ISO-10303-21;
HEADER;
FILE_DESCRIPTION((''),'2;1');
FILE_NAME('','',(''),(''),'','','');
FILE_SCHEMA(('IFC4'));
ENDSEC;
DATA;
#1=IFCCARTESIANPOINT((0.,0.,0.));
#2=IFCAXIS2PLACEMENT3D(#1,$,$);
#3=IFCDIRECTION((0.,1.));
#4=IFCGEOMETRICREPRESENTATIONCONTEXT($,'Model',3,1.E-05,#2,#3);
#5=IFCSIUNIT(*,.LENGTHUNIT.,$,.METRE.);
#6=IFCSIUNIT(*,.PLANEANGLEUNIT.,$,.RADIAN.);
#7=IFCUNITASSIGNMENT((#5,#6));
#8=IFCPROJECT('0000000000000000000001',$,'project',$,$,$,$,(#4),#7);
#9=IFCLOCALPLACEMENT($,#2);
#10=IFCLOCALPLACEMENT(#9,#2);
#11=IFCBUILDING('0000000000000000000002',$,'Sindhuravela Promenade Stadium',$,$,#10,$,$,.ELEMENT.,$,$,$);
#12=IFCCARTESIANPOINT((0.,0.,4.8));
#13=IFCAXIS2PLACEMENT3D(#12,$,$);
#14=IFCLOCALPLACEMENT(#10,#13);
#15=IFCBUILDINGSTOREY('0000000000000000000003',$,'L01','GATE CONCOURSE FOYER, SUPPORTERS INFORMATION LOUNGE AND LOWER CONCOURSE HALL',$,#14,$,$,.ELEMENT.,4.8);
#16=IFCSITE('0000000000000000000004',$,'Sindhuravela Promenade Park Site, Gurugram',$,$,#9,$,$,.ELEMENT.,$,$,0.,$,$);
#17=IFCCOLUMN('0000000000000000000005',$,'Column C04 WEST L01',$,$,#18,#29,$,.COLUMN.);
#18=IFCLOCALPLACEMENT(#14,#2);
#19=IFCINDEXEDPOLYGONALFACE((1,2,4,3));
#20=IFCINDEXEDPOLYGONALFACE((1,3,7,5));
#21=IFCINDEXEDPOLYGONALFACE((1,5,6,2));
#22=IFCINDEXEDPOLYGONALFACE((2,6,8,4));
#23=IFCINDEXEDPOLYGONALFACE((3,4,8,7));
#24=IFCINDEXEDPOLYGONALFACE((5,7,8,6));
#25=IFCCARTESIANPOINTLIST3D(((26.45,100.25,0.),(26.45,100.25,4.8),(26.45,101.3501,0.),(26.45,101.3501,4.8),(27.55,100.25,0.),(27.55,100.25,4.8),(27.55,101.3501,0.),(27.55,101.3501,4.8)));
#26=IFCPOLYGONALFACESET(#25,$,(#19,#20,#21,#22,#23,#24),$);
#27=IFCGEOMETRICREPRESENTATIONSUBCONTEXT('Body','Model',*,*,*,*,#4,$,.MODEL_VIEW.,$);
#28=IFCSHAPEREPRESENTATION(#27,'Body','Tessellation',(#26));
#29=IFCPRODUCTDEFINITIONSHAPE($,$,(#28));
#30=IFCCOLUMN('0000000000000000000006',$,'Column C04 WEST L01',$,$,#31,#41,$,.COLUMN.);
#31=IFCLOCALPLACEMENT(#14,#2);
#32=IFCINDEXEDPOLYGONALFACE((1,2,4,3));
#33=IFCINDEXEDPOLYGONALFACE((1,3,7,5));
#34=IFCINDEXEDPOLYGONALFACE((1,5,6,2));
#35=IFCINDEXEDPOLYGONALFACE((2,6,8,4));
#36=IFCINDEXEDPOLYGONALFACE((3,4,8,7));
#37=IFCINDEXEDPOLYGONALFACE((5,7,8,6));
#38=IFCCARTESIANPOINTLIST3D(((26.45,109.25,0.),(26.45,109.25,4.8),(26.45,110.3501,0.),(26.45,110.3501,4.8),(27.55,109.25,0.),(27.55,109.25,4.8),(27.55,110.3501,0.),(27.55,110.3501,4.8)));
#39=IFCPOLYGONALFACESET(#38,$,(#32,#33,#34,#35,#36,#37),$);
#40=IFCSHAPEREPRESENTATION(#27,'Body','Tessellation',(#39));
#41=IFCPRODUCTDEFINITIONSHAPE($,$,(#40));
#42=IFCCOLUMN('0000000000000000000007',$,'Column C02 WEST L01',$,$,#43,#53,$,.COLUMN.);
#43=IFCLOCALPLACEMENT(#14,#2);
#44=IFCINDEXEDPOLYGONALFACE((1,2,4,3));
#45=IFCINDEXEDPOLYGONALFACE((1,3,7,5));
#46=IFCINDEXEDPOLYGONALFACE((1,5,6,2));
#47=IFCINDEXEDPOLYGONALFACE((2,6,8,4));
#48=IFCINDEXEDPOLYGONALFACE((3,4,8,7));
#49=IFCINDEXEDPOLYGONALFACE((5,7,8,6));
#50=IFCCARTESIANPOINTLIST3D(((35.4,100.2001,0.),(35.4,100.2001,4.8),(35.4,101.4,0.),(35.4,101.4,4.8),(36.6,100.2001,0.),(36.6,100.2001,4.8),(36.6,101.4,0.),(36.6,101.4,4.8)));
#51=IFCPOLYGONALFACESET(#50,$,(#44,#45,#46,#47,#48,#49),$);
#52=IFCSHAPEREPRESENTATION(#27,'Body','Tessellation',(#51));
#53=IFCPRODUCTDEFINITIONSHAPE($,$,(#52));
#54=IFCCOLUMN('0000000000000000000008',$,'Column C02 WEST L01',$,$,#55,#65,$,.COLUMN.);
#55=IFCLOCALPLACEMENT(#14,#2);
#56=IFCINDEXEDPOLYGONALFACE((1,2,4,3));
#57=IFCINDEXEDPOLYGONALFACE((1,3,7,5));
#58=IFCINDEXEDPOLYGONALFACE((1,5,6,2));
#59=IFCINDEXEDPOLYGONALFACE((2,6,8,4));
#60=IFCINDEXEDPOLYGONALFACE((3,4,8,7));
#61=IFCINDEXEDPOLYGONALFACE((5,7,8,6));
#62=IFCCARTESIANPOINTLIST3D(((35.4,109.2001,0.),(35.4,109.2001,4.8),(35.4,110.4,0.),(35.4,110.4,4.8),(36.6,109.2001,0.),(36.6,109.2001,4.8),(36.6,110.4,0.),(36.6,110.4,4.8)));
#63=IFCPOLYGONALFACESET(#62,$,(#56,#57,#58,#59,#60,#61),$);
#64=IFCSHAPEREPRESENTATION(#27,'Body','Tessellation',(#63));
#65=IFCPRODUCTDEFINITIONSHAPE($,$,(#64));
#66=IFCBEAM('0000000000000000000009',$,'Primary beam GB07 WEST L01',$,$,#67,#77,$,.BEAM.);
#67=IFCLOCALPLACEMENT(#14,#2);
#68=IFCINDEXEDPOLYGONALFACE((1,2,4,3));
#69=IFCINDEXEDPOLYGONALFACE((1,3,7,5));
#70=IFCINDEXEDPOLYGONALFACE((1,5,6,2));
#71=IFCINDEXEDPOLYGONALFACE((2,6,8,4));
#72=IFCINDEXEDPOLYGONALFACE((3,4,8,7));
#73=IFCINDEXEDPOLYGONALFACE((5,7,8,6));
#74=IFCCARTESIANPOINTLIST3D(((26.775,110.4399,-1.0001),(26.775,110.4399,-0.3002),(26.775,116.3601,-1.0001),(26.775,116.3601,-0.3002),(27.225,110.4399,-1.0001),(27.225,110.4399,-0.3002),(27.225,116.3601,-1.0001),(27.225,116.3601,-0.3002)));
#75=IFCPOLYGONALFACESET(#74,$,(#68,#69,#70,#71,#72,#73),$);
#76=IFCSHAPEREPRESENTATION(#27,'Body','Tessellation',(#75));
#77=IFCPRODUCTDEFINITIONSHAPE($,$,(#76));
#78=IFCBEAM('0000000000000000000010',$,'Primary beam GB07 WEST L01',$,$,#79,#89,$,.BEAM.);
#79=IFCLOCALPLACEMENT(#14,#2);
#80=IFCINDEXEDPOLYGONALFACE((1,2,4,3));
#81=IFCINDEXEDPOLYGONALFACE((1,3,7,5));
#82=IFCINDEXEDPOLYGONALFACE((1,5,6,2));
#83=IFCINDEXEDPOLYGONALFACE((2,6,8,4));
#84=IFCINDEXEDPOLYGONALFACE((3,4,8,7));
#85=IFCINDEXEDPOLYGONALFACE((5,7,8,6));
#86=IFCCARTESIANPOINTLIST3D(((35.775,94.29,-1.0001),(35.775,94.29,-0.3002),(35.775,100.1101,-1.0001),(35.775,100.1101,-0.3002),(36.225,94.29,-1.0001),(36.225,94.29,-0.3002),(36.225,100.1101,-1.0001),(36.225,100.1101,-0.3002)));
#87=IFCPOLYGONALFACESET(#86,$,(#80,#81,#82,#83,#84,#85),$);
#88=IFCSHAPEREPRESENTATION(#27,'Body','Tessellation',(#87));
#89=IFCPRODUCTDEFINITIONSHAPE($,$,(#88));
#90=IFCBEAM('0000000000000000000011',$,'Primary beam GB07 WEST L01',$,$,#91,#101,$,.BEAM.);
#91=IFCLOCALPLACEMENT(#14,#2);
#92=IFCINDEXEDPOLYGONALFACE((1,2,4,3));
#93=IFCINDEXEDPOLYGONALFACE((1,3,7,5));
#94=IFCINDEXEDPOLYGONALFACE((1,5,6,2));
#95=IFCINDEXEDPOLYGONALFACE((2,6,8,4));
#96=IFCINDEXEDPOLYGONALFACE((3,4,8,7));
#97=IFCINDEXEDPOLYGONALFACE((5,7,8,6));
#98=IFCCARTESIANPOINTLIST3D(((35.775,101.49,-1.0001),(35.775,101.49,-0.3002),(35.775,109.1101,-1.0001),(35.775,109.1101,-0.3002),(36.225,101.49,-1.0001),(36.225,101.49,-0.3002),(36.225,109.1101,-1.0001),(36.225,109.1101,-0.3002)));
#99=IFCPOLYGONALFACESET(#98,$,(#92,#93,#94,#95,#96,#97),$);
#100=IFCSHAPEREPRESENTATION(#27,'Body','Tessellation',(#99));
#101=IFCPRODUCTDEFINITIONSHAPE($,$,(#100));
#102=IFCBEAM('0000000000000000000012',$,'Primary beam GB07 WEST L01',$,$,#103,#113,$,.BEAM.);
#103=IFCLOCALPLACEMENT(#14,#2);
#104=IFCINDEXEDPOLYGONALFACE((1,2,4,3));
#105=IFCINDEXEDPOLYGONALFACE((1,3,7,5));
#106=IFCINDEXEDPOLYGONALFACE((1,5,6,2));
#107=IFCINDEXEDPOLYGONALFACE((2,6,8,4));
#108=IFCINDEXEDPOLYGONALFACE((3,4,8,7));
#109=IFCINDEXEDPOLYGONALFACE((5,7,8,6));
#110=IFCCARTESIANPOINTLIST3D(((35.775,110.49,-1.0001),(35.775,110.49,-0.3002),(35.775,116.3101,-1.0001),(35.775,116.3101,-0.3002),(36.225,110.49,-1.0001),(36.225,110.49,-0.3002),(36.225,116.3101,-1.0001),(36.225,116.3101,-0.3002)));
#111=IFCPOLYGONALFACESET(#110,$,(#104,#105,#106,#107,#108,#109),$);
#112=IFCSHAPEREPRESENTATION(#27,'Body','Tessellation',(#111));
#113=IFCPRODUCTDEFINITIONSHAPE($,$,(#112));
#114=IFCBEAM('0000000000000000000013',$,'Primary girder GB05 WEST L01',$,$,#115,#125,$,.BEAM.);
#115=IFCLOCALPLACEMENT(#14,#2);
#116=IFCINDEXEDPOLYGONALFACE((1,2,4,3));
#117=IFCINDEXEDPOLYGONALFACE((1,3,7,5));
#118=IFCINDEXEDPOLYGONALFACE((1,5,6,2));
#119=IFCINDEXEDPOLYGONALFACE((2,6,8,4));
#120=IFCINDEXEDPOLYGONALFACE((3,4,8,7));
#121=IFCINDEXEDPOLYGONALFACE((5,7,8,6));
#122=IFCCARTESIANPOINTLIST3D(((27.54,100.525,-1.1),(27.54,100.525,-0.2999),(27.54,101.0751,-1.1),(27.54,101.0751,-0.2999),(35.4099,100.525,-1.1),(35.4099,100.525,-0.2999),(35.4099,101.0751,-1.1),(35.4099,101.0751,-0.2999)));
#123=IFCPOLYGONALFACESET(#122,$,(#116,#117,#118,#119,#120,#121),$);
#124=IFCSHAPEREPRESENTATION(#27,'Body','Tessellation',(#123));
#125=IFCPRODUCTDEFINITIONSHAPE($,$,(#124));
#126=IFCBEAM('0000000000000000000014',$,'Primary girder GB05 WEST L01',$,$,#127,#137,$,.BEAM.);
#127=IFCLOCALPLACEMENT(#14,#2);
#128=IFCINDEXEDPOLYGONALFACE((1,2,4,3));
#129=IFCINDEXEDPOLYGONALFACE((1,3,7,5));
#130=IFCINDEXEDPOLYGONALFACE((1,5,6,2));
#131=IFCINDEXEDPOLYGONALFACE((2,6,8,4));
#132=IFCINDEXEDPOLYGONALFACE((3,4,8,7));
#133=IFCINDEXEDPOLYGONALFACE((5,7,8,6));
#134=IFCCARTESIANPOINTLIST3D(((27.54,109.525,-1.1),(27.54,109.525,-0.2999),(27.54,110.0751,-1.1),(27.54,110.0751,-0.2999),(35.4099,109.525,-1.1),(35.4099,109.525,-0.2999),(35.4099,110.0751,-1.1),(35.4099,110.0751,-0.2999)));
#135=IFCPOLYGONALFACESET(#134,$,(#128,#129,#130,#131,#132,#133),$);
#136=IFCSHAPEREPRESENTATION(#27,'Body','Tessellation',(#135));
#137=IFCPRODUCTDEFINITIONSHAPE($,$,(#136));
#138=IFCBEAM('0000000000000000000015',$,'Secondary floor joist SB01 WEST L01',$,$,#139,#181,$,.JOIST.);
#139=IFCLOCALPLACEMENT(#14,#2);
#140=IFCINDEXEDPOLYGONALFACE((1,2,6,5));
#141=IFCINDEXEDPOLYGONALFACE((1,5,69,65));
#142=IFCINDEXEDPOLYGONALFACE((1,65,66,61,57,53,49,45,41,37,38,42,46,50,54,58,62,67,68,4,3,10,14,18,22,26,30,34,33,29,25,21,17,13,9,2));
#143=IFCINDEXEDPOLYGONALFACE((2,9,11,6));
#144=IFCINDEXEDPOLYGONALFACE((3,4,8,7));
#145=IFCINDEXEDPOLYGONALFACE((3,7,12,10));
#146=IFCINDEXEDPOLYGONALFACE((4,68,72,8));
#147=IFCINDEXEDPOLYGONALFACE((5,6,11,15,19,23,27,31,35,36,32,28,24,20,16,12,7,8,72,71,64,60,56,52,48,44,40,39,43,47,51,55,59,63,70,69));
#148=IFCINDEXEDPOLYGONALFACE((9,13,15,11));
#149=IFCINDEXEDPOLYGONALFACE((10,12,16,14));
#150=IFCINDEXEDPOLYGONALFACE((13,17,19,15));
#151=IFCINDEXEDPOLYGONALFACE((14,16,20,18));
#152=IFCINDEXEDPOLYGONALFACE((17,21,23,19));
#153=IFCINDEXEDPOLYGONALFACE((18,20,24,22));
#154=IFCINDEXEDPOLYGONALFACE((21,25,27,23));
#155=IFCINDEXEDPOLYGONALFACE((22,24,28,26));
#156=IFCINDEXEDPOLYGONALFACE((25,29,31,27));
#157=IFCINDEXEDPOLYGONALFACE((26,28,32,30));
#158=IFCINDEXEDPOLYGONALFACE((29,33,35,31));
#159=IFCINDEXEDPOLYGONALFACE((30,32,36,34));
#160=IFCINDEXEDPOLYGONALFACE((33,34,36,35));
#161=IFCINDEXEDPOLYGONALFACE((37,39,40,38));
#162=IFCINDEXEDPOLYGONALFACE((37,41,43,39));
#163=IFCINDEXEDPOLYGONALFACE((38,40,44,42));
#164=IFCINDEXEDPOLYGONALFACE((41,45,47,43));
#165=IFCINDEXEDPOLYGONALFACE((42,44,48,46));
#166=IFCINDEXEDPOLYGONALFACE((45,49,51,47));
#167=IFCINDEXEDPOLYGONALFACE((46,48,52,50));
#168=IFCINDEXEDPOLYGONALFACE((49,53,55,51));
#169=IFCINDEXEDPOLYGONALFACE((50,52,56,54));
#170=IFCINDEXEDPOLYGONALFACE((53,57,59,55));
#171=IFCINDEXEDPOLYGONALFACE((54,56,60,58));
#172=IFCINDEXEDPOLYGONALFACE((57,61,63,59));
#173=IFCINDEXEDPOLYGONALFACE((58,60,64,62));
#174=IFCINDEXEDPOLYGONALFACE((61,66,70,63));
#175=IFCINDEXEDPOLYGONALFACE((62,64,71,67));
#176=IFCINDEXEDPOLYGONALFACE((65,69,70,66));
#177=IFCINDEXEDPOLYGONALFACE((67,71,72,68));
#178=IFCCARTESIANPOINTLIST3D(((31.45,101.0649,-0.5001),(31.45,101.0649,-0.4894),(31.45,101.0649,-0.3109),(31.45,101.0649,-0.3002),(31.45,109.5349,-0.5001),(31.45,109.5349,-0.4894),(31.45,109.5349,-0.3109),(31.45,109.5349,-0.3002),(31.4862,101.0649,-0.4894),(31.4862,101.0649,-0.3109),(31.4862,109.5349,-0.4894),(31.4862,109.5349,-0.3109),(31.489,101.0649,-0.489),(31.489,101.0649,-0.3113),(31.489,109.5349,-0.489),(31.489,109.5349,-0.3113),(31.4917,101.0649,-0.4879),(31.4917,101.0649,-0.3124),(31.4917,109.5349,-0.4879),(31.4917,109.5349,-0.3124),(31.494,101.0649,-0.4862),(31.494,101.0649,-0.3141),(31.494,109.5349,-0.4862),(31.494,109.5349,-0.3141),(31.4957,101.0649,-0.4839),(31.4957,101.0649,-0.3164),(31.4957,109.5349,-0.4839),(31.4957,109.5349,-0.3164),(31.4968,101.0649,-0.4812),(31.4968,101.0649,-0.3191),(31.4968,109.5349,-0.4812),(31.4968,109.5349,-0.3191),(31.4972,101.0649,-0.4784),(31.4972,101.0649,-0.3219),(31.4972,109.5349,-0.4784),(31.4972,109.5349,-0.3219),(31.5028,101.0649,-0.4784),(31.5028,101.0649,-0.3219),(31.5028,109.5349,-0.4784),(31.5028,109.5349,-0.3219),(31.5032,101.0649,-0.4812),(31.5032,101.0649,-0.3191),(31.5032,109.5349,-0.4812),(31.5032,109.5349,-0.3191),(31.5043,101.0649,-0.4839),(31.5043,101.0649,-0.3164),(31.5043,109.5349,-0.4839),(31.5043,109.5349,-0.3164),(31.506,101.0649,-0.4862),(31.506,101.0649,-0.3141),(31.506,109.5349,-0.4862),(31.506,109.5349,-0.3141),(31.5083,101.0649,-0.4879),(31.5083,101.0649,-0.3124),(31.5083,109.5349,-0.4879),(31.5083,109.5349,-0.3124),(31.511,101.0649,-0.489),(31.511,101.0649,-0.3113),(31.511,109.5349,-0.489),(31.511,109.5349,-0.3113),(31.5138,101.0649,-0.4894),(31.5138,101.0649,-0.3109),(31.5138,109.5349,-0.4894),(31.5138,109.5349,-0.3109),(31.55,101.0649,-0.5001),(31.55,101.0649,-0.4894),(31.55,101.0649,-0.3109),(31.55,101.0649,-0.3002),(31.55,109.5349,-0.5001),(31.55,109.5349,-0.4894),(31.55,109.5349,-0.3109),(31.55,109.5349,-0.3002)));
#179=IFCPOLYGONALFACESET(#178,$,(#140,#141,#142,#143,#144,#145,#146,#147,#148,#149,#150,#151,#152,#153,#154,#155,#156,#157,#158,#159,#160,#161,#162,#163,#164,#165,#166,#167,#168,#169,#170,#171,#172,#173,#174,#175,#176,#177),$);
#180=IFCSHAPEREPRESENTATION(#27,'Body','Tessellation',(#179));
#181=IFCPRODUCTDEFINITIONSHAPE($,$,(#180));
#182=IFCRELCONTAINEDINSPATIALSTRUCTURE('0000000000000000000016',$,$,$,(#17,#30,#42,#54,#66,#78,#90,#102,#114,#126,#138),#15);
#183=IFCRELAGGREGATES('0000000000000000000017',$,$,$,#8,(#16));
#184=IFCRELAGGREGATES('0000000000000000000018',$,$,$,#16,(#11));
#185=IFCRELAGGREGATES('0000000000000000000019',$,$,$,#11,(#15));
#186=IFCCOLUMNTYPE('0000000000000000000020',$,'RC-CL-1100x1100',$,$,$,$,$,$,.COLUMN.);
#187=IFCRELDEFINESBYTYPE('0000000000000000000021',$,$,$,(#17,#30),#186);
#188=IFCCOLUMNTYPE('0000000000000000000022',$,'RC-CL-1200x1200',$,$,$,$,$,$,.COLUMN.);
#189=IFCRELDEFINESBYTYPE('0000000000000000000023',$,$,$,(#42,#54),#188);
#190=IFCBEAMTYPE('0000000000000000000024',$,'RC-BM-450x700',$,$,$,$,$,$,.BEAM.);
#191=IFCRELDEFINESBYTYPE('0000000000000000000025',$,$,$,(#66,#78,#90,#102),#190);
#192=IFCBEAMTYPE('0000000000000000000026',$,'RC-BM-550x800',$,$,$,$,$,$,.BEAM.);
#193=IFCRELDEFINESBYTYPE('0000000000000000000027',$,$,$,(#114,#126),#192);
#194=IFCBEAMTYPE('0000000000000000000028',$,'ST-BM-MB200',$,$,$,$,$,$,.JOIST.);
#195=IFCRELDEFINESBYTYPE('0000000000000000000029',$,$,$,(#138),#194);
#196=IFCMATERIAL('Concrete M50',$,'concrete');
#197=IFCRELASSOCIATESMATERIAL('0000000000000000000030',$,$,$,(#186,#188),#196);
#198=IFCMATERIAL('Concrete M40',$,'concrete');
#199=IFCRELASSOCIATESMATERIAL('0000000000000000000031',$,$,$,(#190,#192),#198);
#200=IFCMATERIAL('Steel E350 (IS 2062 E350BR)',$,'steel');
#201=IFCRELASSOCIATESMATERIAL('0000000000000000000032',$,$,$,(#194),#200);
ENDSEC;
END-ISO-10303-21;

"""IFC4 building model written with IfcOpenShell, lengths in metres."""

from ifc_helpers import new_model, si_unit, direction, frame, origin, origin_2d, place, context, subcontext, project, spatial, rectangle, i_section, extrude, material, material_profile, profile_set, type_object, element, save


model = new_model("IFC4")

# Units and contexts
model_context = context("Model", 3, precision=1e-05, world=origin(), true_north=direction((0.0, 1.0)))
body_context = subcontext(model_context, "Body", "Model", "MODEL_VIEW")
ifc_project = project(units=[si_unit("LENGTHUNIT", "METRE"), si_unit("PLANEANGLEUNIT", "RADIAN")], contexts=[model_context])

# Site, building, storey
site_placement = place(None, origin())
site = spatial("IfcSite", under=ifc_project, at=site_placement, Name="Sindhuravela Promenade Park Site, Gurugram", CompositionType="ELEMENT", RefElevation=0.0)
building_placement = place(site_placement, origin())
building = spatial("IfcBuilding", under=site, at=building_placement, Name="Sindhuravela Promenade Stadium", CompositionType="ELEMENT")
storey_placement = place(building_placement, frame((0.0, 0.0, 4.8)))
storey = spatial("IfcBuildingStorey", under=building, at=storey_placement, Name="L01", Description="GATE CONCOURSE FOYER, SUPPORTERS INFORMATION LOUNGE AND LOWER CONCOURSE HALL", CompositionType="ELEMENT", Elevation=4.8)

# Columns
ifc_material_1 = material(Name="Concrete M50", Category="concrete")
ifc_material_profile_1 = material_profile(ifc_material_1, rectangle(XDim=1.1001, YDim=1.1001, at=origin_2d()), Name="RC 1100x1100")
ifc_profile_set_1 = profile_set([ifc_material_profile_1], Name="Concrete M50")
column_type_1 = type_object("IfcColumnType", Name="RC-CL-1100x1100", PredefinedType="COLUMN", material=ifc_profile_set_1)
for number, where, z_axis, x_axis, name in (
    (1, (27.0, 100.8, 0.0), (0.0, 0.0, 1.0), (1.0, 0.0, 0.0), "Column C04 WEST L01"),
    (2, (27.0, 109.8, 0.0), (0.0, 0.0, 1.0), (1.0, 0.0, 0.0), "Column C04 WEST L01"),
):
    element("IfcColumn", number, at=place(storey_placement, frame(where, z_axis=z_axis, x_axis=x_axis)), inside=storey, type_object=column_type_1, Name=name, PredefinedType="COLUMN", context=body_context, shape_type="SweptSolid", body=[
        extrude(rectangle(XDim=1.1001, YDim=1.1001, at=origin_2d()), origin(), (0.0, 0.0, 1.0), 4.8),
    ])
ifc_material_profile_2 = material_profile(ifc_material_1, rectangle(XDim=1.2, YDim=1.2, at=origin_2d()), Name="RC 1200x1200")
ifc_profile_set_2 = profile_set([ifc_material_profile_2], Name="Concrete M50")
column_type_2 = type_object("IfcColumnType", Name="RC-CL-1200x1200", PredefinedType="COLUMN", material=ifc_profile_set_2)
for number, where, z_axis, x_axis, name in (
    (3, (36.0, 100.8, 0.0), (0.0, 0.0, 1.0), (1.0, 0.0, 0.0), "Column C02 WEST L01"),
    (4, (36.0, 109.8, 0.0), (0.0, 0.0, 1.0), (1.0, 0.0, 0.0), "Column C02 WEST L01"),
):
    element("IfcColumn", number, at=place(storey_placement, frame(where, z_axis=z_axis, x_axis=x_axis)), inside=storey, type_object=column_type_2, Name=name, PredefinedType="COLUMN", context=body_context, shape_type="SweptSolid", body=[
        extrude(rectangle(XDim=1.2, YDim=1.2, at=origin_2d()), origin(), (0.0, 0.0, 1.0), 4.8),
    ])

# Beams
ifc_material_2 = material(Name="Concrete M40", Category="concrete")
ifc_material_profile_3 = material_profile(ifc_material_2, rectangle(XDim=0.45, YDim=0.7, at=origin_2d()), Name="RC 450x700")
ifc_profile_set_3 = profile_set([ifc_material_profile_3], Name="Concrete M40")
beam_type_1 = type_object("IfcBeamType", Name="RC-BM-450x700", PredefinedType="BEAM", material=ifc_profile_set_3)
beam_1_placement = place(storey_placement, frame((27.0, 110.4399, -0.6501), z_axis=(0.0, 1.0, 0.0), x_axis=(-1.0, 0.0, 0.0)))
element("IfcBeam", 5, at=beam_1_placement, inside=storey, type_object=beam_type_1, Name="Primary beam GB07 WEST L01", PredefinedType="BEAM", context=body_context, shape_type="SweptSolid", body=[
    extrude(rectangle(XDim=0.45, YDim=0.7, at=origin_2d()), origin(), (0.0, 0.0, 1.0), 5.9202),
])
beam_2_placement = place(storey_placement, frame((36.0, 94.29, -0.6501), z_axis=(0.0, 1.0, 0.0), x_axis=(-1.0, 0.0, 0.0)))
element("IfcBeam", 6, at=beam_2_placement, inside=storey, type_object=beam_type_1, Name="Primary beam GB07 WEST L01", PredefinedType="BEAM", context=body_context, shape_type="SweptSolid", body=[
    extrude(rectangle(XDim=0.45, YDim=0.7, at=origin_2d()), origin(), (0.0, 0.0, 1.0), 5.8201),
])
beam_3_placement = place(storey_placement, frame((36.0, 101.49, -0.6501), z_axis=(0.0, 1.0, 0.0), x_axis=(-1.0, 0.0, 0.0)))
element("IfcBeam", 7, at=beam_3_placement, inside=storey, type_object=beam_type_1, Name="Primary beam GB07 WEST L01", PredefinedType="BEAM", context=body_context, shape_type="SweptSolid", body=[
    extrude(rectangle(XDim=0.45, YDim=0.7, at=origin_2d()), origin(), (0.0, 0.0, 1.0), 7.6201),
])
beam_4_placement = place(storey_placement, frame((36.0, 110.49, -0.6501), z_axis=(0.0, 1.0, 0.0), x_axis=(-1.0, 0.0, 0.0)))
element("IfcBeam", 8, at=beam_4_placement, inside=storey, type_object=beam_type_1, Name="Primary beam GB07 WEST L01", PredefinedType="BEAM", context=body_context, shape_type="SweptSolid", body=[
    extrude(rectangle(XDim=0.45, YDim=0.7, at=origin_2d()), origin(), (0.0, 0.0, 1.0), 5.8201),
])
ifc_material_profile_4 = material_profile(ifc_material_2, rectangle(XDim=0.55, YDim=0.8, at=origin_2d()), Name="RC 550x800")
ifc_profile_set_4 = profile_set([ifc_material_profile_4], Name="Concrete M40")
beam_type_2 = type_object("IfcBeamType", Name="RC-BM-550x800", PredefinedType="BEAM", material=ifc_profile_set_4)
for number, where, z_axis, x_axis, name in (
    (9, (27.54, 100.8, -0.7), (1.0, 0.0, 0.0), (0.0, 1.0, 0.0), "Primary girder GB05 WEST L01"),
    (10, (27.54, 109.8, -0.7), (1.0, 0.0, 0.0), (0.0, 1.0, 0.0), "Primary girder GB05 WEST L01"),
):
    element("IfcBeam", number, at=place(storey_placement, frame(where, z_axis=z_axis, x_axis=x_axis)), inside=storey, type_object=beam_type_2, Name=name, PredefinedType="BEAM", context=body_context, shape_type="SweptSolid", body=[
        extrude(rectangle(XDim=0.55, YDim=0.8, at=origin_2d()), origin(), (0.0, 0.0, 1.0), 7.8699),
    ])
ifc_material_3 = material(Name="Steel E350 (IS 2062 E350BR)", Category="steel")
ifc_material_profile_5 = material_profile(ifc_material_3, i_section(OverallWidth=0.1001, OverallDepth=0.2, WebThickness=0.0056, FlangeThickness=0.0107, FilletRadius=0.011, at=origin_2d()), Name="ISMB 200")
ifc_profile_set_5 = profile_set([ifc_material_profile_5], Name="Steel E350 (IS 2062 E350BR)")
beam_type_3 = type_object("IfcBeamType", Name="ST-BM-MB200", PredefinedType="JOIST", material=ifc_profile_set_5)
beam_5_placement = place(storey_placement, frame((31.5, 101.0649, -0.4001), z_axis=(0.0, 1.0, 0.0), x_axis=(-1.0, 0.0, 0.0)))
element("IfcBeam", 11, at=beam_5_placement, inside=storey, type_object=beam_type_3, Name="Secondary floor joist SB01 WEST L01", PredefinedType="JOIST", context=body_context, shape_type="SweptSolid", body=[
    extrude(i_section(OverallWidth=0.1001, OverallDepth=0.2, WebThickness=0.0056, FlangeThickness=0.0107, FilletRadius=0.011, at=origin_2d()), origin(), (0.0, 0.0, 1.0), 8.47),
])

save(model, "model.ifc")
